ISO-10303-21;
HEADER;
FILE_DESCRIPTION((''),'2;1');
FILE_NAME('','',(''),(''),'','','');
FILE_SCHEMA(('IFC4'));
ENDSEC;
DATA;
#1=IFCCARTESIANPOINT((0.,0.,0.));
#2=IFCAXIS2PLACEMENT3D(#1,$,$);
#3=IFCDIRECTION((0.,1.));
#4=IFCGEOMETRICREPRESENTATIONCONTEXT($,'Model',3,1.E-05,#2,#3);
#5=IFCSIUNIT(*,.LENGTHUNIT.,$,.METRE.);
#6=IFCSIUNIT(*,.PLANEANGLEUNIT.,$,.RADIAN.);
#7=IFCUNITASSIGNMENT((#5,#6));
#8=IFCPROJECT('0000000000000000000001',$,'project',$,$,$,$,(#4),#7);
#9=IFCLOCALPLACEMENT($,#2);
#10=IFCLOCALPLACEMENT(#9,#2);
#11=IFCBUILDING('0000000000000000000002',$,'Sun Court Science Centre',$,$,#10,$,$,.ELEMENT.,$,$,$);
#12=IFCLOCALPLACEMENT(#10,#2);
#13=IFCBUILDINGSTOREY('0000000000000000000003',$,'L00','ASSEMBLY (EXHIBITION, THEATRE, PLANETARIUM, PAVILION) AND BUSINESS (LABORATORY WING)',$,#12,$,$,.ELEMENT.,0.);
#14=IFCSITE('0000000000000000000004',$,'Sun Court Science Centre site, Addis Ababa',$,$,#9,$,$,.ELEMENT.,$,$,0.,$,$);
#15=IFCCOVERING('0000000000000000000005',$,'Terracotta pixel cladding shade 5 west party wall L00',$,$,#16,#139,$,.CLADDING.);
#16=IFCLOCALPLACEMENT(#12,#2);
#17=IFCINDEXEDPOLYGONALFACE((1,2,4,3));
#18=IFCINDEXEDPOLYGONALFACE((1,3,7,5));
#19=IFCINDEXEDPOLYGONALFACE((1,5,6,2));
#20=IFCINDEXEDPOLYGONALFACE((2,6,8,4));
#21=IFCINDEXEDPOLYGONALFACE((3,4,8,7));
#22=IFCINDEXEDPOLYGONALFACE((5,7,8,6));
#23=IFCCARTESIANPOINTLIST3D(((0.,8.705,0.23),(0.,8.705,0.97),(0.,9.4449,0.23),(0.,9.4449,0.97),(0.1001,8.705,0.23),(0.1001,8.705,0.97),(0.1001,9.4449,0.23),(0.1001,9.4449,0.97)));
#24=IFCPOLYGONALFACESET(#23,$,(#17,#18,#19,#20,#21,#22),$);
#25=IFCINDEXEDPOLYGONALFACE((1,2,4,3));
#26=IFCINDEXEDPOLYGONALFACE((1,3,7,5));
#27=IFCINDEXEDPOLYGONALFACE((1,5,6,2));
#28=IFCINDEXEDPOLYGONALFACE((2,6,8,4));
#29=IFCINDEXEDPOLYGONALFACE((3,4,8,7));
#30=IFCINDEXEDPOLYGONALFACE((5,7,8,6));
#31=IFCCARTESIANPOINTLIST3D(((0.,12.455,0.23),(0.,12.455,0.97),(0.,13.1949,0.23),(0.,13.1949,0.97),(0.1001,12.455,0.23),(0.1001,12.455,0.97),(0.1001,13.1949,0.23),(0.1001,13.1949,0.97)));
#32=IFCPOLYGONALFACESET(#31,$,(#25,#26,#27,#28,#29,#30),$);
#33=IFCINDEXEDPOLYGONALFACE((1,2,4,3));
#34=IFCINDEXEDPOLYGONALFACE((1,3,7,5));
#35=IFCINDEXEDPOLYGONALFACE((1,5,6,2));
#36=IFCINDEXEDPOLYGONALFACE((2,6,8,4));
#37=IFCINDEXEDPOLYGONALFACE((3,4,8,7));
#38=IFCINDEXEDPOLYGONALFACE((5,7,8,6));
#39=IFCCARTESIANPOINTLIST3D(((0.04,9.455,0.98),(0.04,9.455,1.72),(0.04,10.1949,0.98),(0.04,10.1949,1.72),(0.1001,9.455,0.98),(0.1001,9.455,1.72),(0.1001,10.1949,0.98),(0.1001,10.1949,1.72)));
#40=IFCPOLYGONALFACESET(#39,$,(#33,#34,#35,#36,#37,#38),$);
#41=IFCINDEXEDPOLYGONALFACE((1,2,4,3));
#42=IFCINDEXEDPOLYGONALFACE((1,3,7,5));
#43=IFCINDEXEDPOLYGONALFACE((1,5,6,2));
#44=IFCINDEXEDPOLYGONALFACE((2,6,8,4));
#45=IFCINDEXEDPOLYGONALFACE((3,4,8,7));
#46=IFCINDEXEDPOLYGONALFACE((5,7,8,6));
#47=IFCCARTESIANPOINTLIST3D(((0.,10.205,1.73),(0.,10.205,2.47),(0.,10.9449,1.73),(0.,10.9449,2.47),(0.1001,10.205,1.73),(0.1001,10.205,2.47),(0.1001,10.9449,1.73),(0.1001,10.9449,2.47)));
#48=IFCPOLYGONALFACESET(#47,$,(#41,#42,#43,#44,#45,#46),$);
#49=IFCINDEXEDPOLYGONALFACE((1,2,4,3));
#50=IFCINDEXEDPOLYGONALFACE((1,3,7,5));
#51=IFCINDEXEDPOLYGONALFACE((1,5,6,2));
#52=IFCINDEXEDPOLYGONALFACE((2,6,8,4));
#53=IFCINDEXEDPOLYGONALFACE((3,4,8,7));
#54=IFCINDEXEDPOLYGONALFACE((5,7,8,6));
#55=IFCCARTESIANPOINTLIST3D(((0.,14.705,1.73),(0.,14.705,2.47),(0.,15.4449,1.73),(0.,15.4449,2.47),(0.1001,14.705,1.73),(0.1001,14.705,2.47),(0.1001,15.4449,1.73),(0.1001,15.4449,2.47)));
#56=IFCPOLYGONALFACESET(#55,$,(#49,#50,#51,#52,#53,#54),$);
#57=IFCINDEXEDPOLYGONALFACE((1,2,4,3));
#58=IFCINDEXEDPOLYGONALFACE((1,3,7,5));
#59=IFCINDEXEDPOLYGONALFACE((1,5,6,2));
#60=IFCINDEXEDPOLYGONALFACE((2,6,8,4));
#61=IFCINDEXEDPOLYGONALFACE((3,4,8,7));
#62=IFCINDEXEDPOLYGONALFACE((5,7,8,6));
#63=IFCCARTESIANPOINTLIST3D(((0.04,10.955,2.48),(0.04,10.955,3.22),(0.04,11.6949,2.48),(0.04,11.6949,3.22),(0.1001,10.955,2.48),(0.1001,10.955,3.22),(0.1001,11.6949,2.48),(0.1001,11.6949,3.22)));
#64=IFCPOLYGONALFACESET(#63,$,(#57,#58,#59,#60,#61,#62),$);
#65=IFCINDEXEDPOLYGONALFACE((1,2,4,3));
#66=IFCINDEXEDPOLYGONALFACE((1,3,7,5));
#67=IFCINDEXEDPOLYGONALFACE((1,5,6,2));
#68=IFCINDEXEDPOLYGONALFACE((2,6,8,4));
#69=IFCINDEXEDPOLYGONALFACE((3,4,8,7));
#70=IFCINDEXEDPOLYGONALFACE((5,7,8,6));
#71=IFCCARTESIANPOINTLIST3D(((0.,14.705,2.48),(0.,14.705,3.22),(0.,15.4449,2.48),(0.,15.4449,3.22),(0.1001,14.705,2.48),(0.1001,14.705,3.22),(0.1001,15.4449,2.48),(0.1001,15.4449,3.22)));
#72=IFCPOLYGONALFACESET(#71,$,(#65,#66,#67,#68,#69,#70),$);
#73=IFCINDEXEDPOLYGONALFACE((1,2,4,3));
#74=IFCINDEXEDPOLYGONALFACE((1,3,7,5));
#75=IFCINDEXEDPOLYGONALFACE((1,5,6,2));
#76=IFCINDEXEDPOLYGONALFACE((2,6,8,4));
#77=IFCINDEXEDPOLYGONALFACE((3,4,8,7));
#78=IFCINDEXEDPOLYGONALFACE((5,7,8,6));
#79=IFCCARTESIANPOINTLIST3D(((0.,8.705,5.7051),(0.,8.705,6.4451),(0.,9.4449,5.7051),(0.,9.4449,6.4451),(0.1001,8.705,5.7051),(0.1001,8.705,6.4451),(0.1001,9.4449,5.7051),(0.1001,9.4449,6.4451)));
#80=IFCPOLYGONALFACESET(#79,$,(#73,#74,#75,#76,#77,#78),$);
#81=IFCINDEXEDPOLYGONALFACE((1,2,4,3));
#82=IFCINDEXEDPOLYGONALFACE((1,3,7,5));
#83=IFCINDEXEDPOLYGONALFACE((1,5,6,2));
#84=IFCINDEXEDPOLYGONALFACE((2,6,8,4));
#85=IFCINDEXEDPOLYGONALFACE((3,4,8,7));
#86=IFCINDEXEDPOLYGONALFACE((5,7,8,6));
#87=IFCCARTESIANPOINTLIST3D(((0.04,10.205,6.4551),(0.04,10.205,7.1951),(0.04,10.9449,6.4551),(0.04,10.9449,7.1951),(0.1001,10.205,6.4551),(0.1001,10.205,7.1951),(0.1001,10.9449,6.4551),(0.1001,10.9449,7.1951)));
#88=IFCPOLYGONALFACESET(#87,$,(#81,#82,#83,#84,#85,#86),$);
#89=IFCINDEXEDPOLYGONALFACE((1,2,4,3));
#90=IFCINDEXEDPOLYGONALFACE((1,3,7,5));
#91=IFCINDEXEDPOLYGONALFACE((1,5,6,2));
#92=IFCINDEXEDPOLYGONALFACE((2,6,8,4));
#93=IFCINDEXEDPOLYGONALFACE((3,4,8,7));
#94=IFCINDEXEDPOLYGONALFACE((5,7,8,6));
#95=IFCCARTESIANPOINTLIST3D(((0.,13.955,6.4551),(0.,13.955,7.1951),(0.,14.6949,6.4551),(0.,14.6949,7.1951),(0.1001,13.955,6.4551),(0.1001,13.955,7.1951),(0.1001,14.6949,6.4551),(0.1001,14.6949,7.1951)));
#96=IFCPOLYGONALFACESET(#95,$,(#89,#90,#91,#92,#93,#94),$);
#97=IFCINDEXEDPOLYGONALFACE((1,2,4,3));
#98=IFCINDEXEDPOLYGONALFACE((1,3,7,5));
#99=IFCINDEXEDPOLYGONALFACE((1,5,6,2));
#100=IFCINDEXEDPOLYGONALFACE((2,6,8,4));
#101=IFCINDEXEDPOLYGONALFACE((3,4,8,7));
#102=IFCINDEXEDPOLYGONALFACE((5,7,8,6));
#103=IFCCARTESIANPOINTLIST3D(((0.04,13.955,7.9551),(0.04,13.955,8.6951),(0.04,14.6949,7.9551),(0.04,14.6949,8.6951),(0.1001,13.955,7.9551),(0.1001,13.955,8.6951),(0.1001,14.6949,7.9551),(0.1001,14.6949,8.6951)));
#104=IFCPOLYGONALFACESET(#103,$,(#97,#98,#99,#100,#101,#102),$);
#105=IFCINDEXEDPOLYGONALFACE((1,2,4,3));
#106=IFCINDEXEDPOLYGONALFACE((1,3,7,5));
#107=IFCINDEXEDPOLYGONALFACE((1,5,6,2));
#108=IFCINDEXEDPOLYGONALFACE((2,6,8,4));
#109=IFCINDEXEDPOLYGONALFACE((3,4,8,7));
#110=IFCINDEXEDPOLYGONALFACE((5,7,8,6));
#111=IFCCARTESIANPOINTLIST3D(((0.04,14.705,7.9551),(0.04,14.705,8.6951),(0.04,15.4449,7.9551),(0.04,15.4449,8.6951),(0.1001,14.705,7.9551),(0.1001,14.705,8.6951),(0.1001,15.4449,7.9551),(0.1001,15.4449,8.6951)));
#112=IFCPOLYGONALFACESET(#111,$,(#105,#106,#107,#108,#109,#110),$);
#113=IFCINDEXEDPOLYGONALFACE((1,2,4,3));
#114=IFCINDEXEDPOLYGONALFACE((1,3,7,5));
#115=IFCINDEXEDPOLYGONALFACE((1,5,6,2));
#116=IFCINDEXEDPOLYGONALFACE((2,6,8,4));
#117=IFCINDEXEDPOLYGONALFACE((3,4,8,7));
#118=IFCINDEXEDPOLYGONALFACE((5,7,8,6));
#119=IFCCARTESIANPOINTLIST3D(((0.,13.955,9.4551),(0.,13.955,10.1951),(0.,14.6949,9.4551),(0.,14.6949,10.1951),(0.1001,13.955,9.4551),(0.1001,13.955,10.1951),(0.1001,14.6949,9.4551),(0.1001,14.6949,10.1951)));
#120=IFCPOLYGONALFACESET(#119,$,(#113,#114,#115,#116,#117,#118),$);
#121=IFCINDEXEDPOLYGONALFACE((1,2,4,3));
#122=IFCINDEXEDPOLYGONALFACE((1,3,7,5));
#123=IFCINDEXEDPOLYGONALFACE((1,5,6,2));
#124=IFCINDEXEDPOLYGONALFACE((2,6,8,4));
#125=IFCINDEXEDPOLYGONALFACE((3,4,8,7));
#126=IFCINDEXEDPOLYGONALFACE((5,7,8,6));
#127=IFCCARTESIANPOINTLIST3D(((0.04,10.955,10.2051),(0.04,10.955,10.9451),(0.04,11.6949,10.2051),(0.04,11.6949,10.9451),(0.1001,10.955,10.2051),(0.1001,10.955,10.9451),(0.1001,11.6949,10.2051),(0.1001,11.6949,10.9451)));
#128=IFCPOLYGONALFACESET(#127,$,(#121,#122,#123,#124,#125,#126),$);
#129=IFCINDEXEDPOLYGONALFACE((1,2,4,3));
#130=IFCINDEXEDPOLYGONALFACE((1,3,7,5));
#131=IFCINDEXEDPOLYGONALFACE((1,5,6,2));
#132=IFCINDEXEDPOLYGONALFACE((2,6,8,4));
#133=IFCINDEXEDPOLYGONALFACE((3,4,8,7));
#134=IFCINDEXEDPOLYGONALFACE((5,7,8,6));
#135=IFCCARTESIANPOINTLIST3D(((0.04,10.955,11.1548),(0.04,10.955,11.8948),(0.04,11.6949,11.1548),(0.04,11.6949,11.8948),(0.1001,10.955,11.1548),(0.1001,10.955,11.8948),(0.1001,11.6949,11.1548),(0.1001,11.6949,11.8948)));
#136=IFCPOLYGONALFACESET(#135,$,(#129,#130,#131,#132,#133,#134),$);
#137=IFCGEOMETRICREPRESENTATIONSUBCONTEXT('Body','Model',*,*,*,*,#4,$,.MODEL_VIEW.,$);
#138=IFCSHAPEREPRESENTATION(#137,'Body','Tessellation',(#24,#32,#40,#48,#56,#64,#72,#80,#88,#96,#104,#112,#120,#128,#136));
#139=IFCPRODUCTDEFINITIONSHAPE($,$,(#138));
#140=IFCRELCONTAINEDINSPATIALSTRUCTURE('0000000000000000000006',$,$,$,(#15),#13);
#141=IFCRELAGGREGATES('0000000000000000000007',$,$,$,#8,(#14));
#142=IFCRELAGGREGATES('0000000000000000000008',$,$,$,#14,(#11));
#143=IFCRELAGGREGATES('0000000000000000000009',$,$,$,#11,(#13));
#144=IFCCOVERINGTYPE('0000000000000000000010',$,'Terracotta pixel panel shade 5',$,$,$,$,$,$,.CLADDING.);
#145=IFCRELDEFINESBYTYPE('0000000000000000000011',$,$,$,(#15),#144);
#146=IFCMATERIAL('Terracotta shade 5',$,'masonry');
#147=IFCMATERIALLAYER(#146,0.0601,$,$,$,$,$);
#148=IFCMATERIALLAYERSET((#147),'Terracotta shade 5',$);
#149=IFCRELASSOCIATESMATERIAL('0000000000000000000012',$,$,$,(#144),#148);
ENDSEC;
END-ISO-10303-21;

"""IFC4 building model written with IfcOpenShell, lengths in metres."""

from ifc_helpers import new_model, si_unit, direction, frame, origin, origin_2d, place, context, subcontext, project, spatial, rectangle, extrude, material, layer, layer_set, type_object, element, save


model = new_model("IFC4")

# Units and contexts
model_context = context("Model", 3, precision=1e-05, world=origin(), true_north=direction((0.0, 1.0)))
body_context = subcontext(model_context, "Body", "Model", "MODEL_VIEW")
ifc_project = project(units=[si_unit("LENGTHUNIT", "METRE"), si_unit("PLANEANGLEUNIT", "RADIAN")], contexts=[model_context])

# Site, building, storey
site_placement = place(None, origin())
site = spatial("IfcSite", under=ifc_project, at=site_placement, Name="Sun Court Science Centre site, Addis Ababa", CompositionType="ELEMENT", RefElevation=0.0)
building_placement = place(site_placement, origin())
building = spatial("IfcBuilding", under=site, at=building_placement, Name="Sun Court Science Centre", CompositionType="ELEMENT")
storey_placement = place(building_placement, origin())
storey = spatial("IfcBuildingStorey", under=building, at=storey_placement, Name="L00", Description="ASSEMBLY (EXHIBITION, THEATRE, PLANETARIUM, PAVILION) AND BUSINESS (LABORATORY WING)", CompositionType="ELEMENT", Elevation=0.0)

# Covering
ifc_material_1 = material(Name="Terracotta shade 5", Category="masonry")
ifc_layer_1 = layer(ifc_material_1, 0.0601)
ifc_layer_set_1 = layer_set([ifc_layer_1], Name="Terracotta shade 5")
covering_type_1 = type_object("IfcCoveringType", Name="Terracotta pixel panel shade 5", PredefinedType="CLADDING", material=ifc_layer_set_1)
covering_1_placement = place(storey_placement, origin())
element("IfcCovering", 1, at=covering_1_placement, inside=storey, type_object=covering_type_1, Name="Terracotta pixel cladding shade 5 west party wall L00", PredefinedType="CLADDING", context=body_context, shape_type="SweptSolid", body=[
    extrude(rectangle(XDim=0.74, YDim=0.1001, at=origin_2d()), frame((0.05, 9.075, 0.23), z_axis=(0.0, 0.0, 1.0), x_axis=(0.0, 1.0, 0.0)), (0.0, 0.0, 1.0), 0.74),
    extrude(rectangle(XDim=0.74, YDim=0.1001, at=origin_2d()), frame((0.05, 12.825, 0.23), z_axis=(0.0, 0.0, 1.0), x_axis=(0.0, 1.0, 0.0)), (0.0, 0.0, 1.0), 0.74),
    extrude(rectangle(XDim=0.74, YDim=0.0601, at=origin_2d()), frame((0.0701, 9.825, 0.98), z_axis=(0.0, 0.0, 1.0), x_axis=(0.0, 1.0, 0.0)), (0.0, 0.0, 1.0), 0.74),
    extrude(rectangle(XDim=0.74, YDim=0.1001, at=origin_2d()), frame((0.05, 10.575, 1.73), z_axis=(0.0, 0.0, 1.0), x_axis=(0.0, 1.0, 0.0)), (0.0, 0.0, 1.0), 0.74),
    extrude(rectangle(XDim=0.74, YDim=0.1001, at=origin_2d()), frame((0.05, 15.075, 1.73), z_axis=(0.0, 0.0, 1.0), x_axis=(0.0, 1.0, 0.0)), (0.0, 0.0, 1.0), 0.74),
    extrude(rectangle(XDim=0.74, YDim=0.0601, at=origin_2d()), frame((0.0701, 11.325, 2.48), z_axis=(0.0, 0.0, 1.0), x_axis=(0.0, 1.0, 0.0)), (0.0, 0.0, 1.0), 0.74),
    extrude(rectangle(XDim=0.74, YDim=0.1001, at=origin_2d()), frame((0.05, 15.075, 2.48), z_axis=(0.0, 0.0, 1.0), x_axis=(0.0, 1.0, 0.0)), (0.0, 0.0, 1.0), 0.74),
    extrude(rectangle(XDim=0.74, YDim=0.1001, at=origin_2d()), frame((0.05, 9.075, 5.7051), z_axis=(0.0, 0.0, 1.0), x_axis=(0.0, 1.0, 0.0)), (0.0, 0.0, 1.0), 0.74),
    extrude(rectangle(XDim=0.74, YDim=0.0601, at=origin_2d()), frame((0.0701, 10.575, 6.4551), z_axis=(0.0, 0.0, 1.0), x_axis=(0.0, 1.0, 0.0)), (0.0, 0.0, 1.0), 0.74),
    extrude(rectangle(XDim=0.74, YDim=0.1001, at=origin_2d()), frame((0.05, 14.325, 6.4551), z_axis=(0.0, 0.0, 1.0), x_axis=(0.0, 1.0, 0.0)), (0.0, 0.0, 1.0), 0.74),
    extrude(rectangle(XDim=0.74, YDim=0.0601, at=origin_2d()), frame((0.0701, 14.325, 7.9551), z_axis=(0.0, 0.0, 1.0), x_axis=(0.0, 1.0, 0.0)), (0.0, 0.0, 1.0), 0.74),
    extrude(rectangle(XDim=0.74, YDim=0.0601, at=origin_2d()), frame((0.0701, 15.075, 7.9551), z_axis=(0.0, 0.0, 1.0), x_axis=(0.0, 1.0, 0.0)), (0.0, 0.0, 1.0), 0.74),
    extrude(rectangle(XDim=0.74, YDim=0.1001, at=origin_2d()), frame((0.05, 14.325, 9.4551), z_axis=(0.0, 0.0, 1.0), x_axis=(0.0, 1.0, 0.0)), (0.0, 0.0, 1.0), 0.74),
    extrude(rectangle(XDim=0.74, YDim=0.0601, at=origin_2d()), frame((0.0701, 11.325, 10.2051), z_axis=(0.0, 0.0, 1.0), x_axis=(0.0, 1.0, 0.0)), (0.0, 0.0, 1.0), 0.74),
    extrude(rectangle(XDim=0.74, YDim=0.0601, at=origin_2d()), frame((0.0701, 11.325, 11.1548), z_axis=(0.0, 0.0, 1.0), x_axis=(0.0, 1.0, 0.0)), (0.0, 0.0, 1.0), 0.74),
])

save(model, "model.ifc")
